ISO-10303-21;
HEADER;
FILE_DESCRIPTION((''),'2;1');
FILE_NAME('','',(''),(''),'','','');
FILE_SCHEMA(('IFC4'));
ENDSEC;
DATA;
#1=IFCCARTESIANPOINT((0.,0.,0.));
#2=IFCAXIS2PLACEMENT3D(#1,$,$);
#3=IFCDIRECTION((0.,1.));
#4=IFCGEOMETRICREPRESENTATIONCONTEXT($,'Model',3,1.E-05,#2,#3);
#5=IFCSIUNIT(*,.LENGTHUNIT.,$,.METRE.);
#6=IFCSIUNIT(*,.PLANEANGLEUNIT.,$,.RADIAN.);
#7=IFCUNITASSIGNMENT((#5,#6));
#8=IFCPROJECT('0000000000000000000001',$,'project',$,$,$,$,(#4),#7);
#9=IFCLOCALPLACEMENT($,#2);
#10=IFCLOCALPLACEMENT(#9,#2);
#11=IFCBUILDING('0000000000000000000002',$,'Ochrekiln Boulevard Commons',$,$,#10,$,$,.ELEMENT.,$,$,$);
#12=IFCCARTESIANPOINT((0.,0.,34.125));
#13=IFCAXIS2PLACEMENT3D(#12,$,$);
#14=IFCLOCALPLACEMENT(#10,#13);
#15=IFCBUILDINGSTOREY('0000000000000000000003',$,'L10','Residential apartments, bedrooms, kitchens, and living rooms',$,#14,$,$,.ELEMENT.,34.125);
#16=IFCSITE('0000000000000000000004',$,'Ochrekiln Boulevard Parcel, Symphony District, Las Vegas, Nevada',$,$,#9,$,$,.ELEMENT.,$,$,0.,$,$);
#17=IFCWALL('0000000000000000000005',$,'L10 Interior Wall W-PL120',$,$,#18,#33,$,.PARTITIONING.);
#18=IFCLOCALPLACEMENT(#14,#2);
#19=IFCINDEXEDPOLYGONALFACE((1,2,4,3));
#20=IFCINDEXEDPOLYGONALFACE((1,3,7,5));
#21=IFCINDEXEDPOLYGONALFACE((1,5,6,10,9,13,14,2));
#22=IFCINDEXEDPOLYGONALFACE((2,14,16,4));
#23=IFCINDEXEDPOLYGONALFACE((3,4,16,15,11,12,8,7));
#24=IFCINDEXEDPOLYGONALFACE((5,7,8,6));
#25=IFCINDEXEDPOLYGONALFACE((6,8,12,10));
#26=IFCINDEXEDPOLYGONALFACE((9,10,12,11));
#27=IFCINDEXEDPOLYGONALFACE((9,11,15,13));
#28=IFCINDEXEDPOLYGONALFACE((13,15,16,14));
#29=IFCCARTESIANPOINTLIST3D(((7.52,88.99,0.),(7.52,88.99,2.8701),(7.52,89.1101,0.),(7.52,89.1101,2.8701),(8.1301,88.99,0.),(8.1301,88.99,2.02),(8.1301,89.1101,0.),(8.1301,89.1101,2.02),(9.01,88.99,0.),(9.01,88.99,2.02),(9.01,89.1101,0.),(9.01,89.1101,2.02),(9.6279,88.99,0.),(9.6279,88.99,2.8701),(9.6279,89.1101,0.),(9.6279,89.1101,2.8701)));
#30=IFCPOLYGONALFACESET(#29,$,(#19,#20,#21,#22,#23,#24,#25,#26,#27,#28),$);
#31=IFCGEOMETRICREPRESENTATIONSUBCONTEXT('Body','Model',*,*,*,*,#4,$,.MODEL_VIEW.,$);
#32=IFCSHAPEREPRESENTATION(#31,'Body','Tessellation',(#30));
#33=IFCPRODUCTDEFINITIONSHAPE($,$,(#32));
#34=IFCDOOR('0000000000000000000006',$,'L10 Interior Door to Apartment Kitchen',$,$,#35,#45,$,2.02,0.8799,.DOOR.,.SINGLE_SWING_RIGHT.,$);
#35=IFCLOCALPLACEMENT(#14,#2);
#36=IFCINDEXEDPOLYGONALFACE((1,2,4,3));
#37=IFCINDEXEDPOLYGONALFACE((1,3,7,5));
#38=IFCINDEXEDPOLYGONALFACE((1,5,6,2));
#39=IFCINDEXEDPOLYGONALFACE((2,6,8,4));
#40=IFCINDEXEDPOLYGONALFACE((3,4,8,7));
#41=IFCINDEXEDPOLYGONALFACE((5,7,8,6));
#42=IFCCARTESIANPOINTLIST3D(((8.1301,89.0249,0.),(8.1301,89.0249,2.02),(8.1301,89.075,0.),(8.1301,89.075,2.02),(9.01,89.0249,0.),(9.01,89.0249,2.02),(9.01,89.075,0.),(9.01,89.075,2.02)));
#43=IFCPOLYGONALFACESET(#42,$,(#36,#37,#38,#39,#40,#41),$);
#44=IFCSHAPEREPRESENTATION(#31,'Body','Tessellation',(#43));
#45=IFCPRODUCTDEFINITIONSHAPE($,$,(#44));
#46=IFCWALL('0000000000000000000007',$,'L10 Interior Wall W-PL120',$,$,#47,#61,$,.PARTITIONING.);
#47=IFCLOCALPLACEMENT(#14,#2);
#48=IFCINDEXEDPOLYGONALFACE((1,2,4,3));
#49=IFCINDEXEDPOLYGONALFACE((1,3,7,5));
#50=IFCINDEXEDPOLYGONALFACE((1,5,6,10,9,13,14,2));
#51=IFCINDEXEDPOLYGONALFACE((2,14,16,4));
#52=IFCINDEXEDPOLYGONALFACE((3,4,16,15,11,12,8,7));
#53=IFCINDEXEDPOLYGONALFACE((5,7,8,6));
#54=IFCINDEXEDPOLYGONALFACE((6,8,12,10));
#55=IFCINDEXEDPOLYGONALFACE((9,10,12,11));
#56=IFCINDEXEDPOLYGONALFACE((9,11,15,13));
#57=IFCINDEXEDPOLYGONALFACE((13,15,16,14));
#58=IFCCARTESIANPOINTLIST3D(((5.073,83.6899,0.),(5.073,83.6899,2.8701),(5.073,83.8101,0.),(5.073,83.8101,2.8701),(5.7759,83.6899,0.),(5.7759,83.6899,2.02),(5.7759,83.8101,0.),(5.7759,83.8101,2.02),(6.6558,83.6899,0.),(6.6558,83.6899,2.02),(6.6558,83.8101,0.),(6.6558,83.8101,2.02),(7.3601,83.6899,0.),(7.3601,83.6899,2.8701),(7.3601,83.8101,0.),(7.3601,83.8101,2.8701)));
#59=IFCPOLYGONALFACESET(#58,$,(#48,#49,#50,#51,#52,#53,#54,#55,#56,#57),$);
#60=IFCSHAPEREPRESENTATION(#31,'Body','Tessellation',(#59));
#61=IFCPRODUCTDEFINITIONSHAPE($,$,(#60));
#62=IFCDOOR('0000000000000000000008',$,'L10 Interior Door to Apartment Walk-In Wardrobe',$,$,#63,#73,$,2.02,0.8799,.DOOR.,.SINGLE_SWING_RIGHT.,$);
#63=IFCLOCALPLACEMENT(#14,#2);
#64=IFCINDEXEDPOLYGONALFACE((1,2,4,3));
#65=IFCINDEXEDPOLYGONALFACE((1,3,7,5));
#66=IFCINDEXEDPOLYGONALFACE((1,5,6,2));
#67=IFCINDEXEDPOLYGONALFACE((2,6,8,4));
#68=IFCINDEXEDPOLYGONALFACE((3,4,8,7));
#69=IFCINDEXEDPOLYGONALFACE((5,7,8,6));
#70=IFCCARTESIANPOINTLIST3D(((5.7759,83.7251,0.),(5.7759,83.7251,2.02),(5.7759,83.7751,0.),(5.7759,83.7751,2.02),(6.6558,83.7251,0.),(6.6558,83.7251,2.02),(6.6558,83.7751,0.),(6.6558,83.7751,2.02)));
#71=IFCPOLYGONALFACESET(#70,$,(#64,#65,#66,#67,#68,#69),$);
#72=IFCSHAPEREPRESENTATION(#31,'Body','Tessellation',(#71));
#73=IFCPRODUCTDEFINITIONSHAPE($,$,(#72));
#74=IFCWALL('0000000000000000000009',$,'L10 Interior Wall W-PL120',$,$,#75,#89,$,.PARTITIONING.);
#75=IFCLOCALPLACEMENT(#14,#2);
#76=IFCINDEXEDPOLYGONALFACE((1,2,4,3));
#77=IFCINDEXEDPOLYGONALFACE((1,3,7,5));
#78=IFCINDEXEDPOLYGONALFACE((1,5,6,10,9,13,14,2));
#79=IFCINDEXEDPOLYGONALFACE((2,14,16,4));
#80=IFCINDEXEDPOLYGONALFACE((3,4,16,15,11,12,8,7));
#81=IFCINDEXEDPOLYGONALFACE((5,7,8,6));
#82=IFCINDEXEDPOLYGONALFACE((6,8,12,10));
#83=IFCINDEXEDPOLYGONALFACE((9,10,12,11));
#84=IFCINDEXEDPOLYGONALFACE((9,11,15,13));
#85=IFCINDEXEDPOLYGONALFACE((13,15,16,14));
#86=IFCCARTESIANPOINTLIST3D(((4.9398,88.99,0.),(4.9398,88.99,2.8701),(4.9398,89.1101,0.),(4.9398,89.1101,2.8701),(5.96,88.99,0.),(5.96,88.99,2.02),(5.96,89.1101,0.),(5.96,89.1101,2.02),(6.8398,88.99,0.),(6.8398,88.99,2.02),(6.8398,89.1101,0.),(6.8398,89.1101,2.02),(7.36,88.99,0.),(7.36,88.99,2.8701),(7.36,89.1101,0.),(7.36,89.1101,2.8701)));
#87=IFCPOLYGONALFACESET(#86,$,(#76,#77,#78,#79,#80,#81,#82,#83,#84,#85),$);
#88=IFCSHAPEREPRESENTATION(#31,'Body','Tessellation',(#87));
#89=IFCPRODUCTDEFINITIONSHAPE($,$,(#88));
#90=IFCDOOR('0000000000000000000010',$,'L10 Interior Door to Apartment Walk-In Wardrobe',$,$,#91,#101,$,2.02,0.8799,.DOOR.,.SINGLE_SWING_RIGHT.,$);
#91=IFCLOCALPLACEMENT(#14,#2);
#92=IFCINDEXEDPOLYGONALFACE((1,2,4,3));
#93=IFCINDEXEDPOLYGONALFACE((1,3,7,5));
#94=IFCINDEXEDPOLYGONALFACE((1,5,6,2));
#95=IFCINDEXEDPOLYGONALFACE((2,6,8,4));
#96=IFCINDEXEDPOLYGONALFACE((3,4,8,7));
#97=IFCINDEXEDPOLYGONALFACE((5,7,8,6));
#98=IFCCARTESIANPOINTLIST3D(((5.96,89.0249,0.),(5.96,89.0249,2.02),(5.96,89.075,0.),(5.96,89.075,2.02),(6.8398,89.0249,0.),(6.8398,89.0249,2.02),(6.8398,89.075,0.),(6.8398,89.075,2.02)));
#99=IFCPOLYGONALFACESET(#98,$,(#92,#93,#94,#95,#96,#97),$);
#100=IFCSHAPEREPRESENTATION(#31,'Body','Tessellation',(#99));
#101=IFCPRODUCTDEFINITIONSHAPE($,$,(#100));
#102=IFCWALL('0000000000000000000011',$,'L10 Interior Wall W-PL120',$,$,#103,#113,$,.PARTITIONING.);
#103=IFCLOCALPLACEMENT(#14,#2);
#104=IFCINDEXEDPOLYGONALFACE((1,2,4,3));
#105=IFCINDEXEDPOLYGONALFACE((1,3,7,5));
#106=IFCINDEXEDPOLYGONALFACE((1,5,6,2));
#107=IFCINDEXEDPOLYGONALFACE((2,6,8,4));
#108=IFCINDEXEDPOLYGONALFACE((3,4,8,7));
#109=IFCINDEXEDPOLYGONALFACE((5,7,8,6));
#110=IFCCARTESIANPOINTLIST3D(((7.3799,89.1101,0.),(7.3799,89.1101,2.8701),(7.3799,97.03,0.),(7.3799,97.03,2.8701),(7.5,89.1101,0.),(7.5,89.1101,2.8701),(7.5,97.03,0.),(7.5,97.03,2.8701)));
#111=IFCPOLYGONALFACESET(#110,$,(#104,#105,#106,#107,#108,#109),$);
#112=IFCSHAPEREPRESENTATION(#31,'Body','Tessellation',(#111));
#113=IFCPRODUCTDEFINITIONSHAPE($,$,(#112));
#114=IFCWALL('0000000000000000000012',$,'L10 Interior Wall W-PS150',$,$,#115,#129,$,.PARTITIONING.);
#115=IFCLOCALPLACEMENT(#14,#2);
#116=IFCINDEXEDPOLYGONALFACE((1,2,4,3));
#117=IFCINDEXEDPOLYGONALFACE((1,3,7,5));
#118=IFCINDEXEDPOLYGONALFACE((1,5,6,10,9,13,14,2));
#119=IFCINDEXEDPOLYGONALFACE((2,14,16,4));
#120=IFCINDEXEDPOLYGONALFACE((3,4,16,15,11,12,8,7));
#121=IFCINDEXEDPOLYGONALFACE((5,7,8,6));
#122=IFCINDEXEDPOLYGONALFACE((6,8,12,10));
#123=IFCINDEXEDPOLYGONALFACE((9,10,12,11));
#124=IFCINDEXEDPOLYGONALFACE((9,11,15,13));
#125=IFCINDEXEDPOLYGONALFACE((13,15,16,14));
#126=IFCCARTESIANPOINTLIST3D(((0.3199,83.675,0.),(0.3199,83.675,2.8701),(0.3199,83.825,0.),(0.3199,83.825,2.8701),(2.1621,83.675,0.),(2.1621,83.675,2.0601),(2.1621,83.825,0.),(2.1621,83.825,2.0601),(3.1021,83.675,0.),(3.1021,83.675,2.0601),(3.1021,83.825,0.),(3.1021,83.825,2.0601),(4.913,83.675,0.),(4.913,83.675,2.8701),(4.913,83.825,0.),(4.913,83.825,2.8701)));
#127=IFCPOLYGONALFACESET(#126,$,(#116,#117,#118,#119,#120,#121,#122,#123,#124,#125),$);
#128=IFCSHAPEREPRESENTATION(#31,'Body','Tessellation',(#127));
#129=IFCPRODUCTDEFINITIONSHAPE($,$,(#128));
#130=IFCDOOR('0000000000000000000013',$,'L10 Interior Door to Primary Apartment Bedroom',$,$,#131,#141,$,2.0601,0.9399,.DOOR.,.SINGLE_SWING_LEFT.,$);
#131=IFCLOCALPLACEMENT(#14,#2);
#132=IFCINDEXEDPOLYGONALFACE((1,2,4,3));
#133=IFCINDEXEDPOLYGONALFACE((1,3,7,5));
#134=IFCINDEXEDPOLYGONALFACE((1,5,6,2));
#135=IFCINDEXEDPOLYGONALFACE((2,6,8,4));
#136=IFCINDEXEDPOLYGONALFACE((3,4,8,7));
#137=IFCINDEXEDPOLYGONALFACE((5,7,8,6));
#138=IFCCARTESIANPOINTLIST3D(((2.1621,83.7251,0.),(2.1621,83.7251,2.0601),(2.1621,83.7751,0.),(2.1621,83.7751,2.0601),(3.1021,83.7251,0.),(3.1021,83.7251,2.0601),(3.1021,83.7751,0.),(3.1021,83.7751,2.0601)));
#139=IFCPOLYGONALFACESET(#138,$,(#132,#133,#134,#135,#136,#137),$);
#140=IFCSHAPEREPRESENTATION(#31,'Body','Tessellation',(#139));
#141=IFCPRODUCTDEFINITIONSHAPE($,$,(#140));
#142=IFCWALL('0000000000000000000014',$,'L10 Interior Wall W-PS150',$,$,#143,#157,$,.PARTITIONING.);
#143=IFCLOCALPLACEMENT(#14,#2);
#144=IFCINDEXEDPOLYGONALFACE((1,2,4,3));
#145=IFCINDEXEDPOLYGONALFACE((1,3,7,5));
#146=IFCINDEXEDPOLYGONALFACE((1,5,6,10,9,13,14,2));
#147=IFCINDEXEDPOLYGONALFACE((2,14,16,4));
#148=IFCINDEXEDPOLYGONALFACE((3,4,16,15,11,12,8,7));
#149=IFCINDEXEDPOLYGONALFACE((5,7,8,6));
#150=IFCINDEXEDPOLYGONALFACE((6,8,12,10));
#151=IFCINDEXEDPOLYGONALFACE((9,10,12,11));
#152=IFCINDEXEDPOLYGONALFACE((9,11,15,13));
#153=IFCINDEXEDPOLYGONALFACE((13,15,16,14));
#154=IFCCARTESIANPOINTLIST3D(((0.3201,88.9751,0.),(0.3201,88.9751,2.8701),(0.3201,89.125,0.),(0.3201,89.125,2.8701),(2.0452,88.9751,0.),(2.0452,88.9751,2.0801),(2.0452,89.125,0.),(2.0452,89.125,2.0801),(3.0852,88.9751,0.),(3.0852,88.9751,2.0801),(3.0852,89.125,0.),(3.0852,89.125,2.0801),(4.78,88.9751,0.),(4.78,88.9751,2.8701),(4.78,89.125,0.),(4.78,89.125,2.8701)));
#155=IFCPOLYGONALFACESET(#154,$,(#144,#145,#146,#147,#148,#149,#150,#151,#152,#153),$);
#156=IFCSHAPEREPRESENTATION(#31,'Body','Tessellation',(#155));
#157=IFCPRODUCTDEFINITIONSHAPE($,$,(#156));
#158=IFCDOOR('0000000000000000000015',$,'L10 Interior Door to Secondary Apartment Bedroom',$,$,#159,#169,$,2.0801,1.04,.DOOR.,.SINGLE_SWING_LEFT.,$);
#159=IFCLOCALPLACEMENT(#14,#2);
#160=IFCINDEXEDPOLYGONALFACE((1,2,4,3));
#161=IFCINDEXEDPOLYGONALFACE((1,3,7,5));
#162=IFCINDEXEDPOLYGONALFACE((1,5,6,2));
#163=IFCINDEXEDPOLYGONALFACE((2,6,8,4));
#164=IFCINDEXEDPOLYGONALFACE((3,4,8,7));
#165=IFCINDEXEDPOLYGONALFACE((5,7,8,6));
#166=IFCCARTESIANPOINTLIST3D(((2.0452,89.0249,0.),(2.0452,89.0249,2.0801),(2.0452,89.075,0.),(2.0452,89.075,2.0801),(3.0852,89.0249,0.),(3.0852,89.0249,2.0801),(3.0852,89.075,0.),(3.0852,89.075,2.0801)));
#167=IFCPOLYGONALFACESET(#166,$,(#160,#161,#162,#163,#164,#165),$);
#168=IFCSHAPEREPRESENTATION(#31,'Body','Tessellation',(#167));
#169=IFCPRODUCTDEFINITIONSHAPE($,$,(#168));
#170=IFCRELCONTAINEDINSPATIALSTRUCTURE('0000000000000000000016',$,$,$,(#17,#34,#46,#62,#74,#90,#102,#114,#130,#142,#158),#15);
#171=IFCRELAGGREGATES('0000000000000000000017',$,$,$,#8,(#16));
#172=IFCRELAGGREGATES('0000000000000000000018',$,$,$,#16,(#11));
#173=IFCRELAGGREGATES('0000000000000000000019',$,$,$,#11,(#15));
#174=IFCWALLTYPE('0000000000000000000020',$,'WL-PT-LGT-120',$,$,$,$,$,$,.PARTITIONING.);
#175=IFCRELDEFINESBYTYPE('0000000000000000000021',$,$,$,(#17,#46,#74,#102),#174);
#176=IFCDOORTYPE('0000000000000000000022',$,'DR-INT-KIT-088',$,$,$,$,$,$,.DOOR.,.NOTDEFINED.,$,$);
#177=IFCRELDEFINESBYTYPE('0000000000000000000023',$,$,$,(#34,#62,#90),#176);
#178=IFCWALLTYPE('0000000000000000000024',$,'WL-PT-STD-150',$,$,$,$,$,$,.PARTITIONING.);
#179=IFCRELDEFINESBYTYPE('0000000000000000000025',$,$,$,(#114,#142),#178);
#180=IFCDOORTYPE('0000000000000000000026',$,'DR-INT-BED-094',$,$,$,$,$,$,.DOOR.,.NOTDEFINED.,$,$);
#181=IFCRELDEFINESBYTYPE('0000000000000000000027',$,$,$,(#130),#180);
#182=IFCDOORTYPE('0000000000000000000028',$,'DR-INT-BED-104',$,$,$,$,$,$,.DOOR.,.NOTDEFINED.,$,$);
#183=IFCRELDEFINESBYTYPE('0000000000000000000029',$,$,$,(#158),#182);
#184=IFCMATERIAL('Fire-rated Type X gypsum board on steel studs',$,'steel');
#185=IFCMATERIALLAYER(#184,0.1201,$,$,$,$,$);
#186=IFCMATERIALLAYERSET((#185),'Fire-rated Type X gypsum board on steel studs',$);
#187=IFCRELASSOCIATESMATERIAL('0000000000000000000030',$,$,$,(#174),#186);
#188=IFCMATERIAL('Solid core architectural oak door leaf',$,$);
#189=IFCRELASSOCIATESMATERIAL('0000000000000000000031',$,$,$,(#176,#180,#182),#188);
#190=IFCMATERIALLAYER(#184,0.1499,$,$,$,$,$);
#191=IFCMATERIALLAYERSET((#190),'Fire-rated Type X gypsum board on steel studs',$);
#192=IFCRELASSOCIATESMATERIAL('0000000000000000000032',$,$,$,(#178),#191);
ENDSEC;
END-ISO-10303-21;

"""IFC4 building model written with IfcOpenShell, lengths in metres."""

from ifc_helpers import new_model, si_unit, direction, frame, frame_2d, origin, place, context, subcontext, project, spatial, rectangle, extrude, material, layer, layer_set, type_object, element, fill, save


model = new_model("IFC4")

# Units and contexts
model_context = context("Model", 3, precision=1e-05, world=origin(), true_north=direction((0.0, 1.0)))
body_context = subcontext(model_context, "Body", "Model", "MODEL_VIEW")
ifc_project = project(units=[si_unit("LENGTHUNIT", "METRE"), si_unit("PLANEANGLEUNIT", "RADIAN")], contexts=[model_context])

# Site, building, storey
site_placement = place(None, origin())
site = spatial("IfcSite", under=ifc_project, at=site_placement, Name="Ochrekiln Boulevard Parcel, Symphony District, Las Vegas, Nevada", CompositionType="ELEMENT", RefElevation=0.0)
building_placement = place(site_placement, origin())
building = spatial("IfcBuilding", under=site, at=building_placement, Name="Ochrekiln Boulevard Commons", CompositionType="ELEMENT")
storey_placement = place(building_placement, frame((0.0, 0.0, 34.125)))
storey = spatial("IfcBuildingStorey", under=building, at=storey_placement, Name="L10", Description="Residential apartments, bedrooms, kitchens, and living rooms", CompositionType="ELEMENT", Elevation=34.125)

# Shared definitions
ifc_material_1 = material(Name="Solid core architectural oak door leaf")
ifc_material_2 = material(Name="Fire-rated Type X gypsum board on steel studs", Category="steel")

# Walls, openings, doors
ifc_layer_1 = layer(ifc_material_2, 0.1201)
ifc_layer_set_1 = layer_set([ifc_layer_1], Name="Fire-rated Type X gypsum board on steel studs")
wall_type_1 = type_object("IfcWallType", Name="WL-PT-LGT-120", PredefinedType="PARTITIONING", material=ifc_layer_set_1)
wall_1_placement = place(storey_placement, frame((7.52, 89.05, 0.0), z_axis=(0.0, 0.0, 1.0), x_axis=(1.0, 0.0, 0.0)))
wall_1 = element("IfcWall", 1, at=wall_1_placement, inside=storey, type_object=wall_type_1, Name="L10 Interior Wall W-PL120", PredefinedType="PARTITIONING", context=body_context, shape_type="SweptSolid", body=[
    extrude(rectangle(XDim=2.1079, YDim=0.1201, at=frame_2d((1.054, 0.0))), origin(), (0.0, 0.0, 1.0), 2.8701),
])
opening_1_placement = place(wall_1_placement, frame((0.6101, 0.0, 0.0)))
opening_1 = element("IfcOpeningElement", 2, at=opening_1_placement, cuts=wall_1, PredefinedType="OPENING", context=body_context, shape_type="SweptSolid", body=[
    extrude(rectangle(XDim=0.8799, YDim=2.02, at=frame_2d((0.4399, 1.01))), frame((0.0, 0.0701, 0.0), z_axis=(0.0, -1.0, 0.0), x_axis=(1.0, 0.0, 0.0)), (0.0, 0.0, 1.0), 0.1401),
])
door_type_1 = type_object("IfcDoorType", Name="DR-INT-KIT-088", OperationType="NOTDEFINED", PredefinedType="DOOR", material=ifc_material_1)
door_1_placement = place(opening_1_placement, origin())
door_1 = element("IfcDoor", 3, at=door_1_placement, inside=storey, type_object=door_type_1, Name="L10 Interior Door to Apartment Kitchen", OperationType="SINGLE_SWING_RIGHT", OverallHeight=2.02, OverallWidth=0.8799, PredefinedType="DOOR", context=body_context, shape_type="SweptSolid", body=[
    extrude(rectangle(XDim=0.8799, YDim=2.02, at=frame_2d((0.4399, 1.01))), frame((0.0, 0.0249, 0.0), z_axis=(0.0, -1.0, 0.0), x_axis=(1.0, 0.0, 0.0)), (0.0, 0.0, 1.0), 0.05),
])
fill(opening_1, door_1)
wall_2_placement = place(storey_placement, frame((5.073, 83.75, 0.0), z_axis=(0.0, 0.0, 1.0), x_axis=(1.0, 0.0, 0.0)))
wall_2 = element("IfcWall", 4, at=wall_2_placement, inside=storey, type_object=wall_type_1, Name="L10 Interior Wall W-PL120", PredefinedType="PARTITIONING", context=body_context, shape_type="SweptSolid", body=[
    extrude(rectangle(XDim=2.2871, YDim=0.1201, at=frame_2d((1.1436, 0.0))), origin(), (0.0, 0.0, 1.0), 2.8701),
])
opening_2_placement = place(wall_2_placement, frame((0.7029, 0.0, 0.0)))
opening_2 = element("IfcOpeningElement", 5, at=opening_2_placement, cuts=wall_2, PredefinedType="OPENING", context=body_context, shape_type="SweptSolid", body=[
    extrude(rectangle(XDim=0.8799, YDim=2.02, at=frame_2d((0.4399, 1.01))), frame((0.0, 0.0701, 0.0), z_axis=(0.0, -1.0, 0.0), x_axis=(1.0, 0.0, 0.0)), (0.0, 0.0, 1.0), 0.1401),
])
door_2_placement = place(opening_2_placement, frame((0.8799, 0.0, 0.0), z_axis=(0.0, 0.0, 1.0), x_axis=(-1.0, 0.0, 0.0)))
door_2 = element("IfcDoor", 6, at=door_2_placement, inside=storey, type_object=door_type_1, Name="L10 Interior Door to Apartment Walk-In Wardrobe", OperationType="SINGLE_SWING_RIGHT", OverallHeight=2.02, OverallWidth=0.8799, PredefinedType="DOOR", context=body_context, shape_type="SweptSolid", body=[
    extrude(rectangle(XDim=0.8799, YDim=2.02, at=frame_2d((0.4399, 1.01))), frame((0.0, 0.0249, 0.0), z_axis=(0.0, -1.0, 0.0), x_axis=(1.0, 0.0, 0.0)), (0.0, 0.0, 1.0), 0.05),
])
fill(opening_2, door_2)
wall_3_placement = place(storey_placement, frame((4.9399, 89.05, 0.0), z_axis=(0.0, 0.0, 1.0), x_axis=(1.0, 0.0, 0.0)))
wall_3 = element("IfcWall", 7, at=wall_3_placement, inside=storey, type_object=wall_type_1, Name="L10 Interior Wall W-PL120", PredefinedType="PARTITIONING", context=body_context, shape_type="SweptSolid", body=[
    extrude(rectangle(XDim=2.4202, YDim=0.1201, at=frame_2d((1.21, 0.0))), origin(), (0.0, 0.0, 1.0), 2.8701),
])
opening_3_placement = place(wall_3_placement, frame((1.02, 0.0, 0.0)))
opening_3 = element("IfcOpeningElement", 8, at=opening_3_placement, cuts=wall_3, PredefinedType="OPENING", context=body_context, shape_type="SweptSolid", body=[
    extrude(rectangle(XDim=0.8799, YDim=2.02, at=frame_2d((0.4399, 1.01))), frame((0.0, 0.0701, 0.0), z_axis=(0.0, -1.0, 0.0), x_axis=(1.0, 0.0, 0.0)), (0.0, 0.0, 1.0), 0.1401),
])
door_3_placement = place(opening_3_placement, origin())
door_3 = element("IfcDoor", 9, at=door_3_placement, inside=storey, type_object=door_type_1, Name="L10 Interior Door to Apartment Walk-In Wardrobe", OperationType="SINGLE_SWING_RIGHT", OverallHeight=2.02, OverallWidth=0.8799, PredefinedType="DOOR", context=body_context, shape_type="SweptSolid", body=[
    extrude(rectangle(XDim=0.8799, YDim=2.02, at=frame_2d((0.4399, 1.01))), frame((0.0, 0.0249, 0.0), z_axis=(0.0, -1.0, 0.0), x_axis=(1.0, 0.0, 0.0)), (0.0, 0.0, 1.0), 0.05),
])
fill(opening_3, door_3)

# Wall
wall_4_placement = place(storey_placement, frame((7.4399, 89.1101, 0.0), z_axis=(0.0, 0.0, 1.0), x_axis=(0.0, 1.0, 0.0)))
element("IfcWall", 10, at=wall_4_placement, inside=storey, type_object=wall_type_1, Name="L10 Interior Wall W-PL120", PredefinedType="PARTITIONING", context=body_context, shape_type="SweptSolid", body=[
    extrude(rectangle(XDim=7.9199, YDim=0.1201, at=frame_2d((3.96, 0.0))), origin(), (0.0, 0.0, 1.0), 2.8701),
])

# Walls, openings, doors
ifc_layer_2 = layer(ifc_material_2, 0.1499)
ifc_layer_set_2 = layer_set([ifc_layer_2], Name="Fire-rated Type X gypsum board on steel studs")
wall_type_2 = type_object("IfcWallType", Name="WL-PT-STD-150", PredefinedType="PARTITIONING", material=ifc_layer_set_2)
wall_5_placement = place(storey_placement, frame((0.3201, 83.75, 0.0), z_axis=(0.0, 0.0, 1.0), x_axis=(1.0, 0.0, 0.0)))
wall_5 = element("IfcWall", 11, at=wall_5_placement, inside=storey, type_object=wall_type_2, Name="L10 Interior Wall W-PS150", PredefinedType="PARTITIONING", context=body_context, shape_type="SweptSolid", body=[
    extrude(rectangle(XDim=4.593, YDim=0.1499, at=frame_2d((2.2964, 0.0))), origin(), (0.0, 0.0, 1.0), 2.8701),
])
opening_4_placement = place(wall_5_placement, frame((1.842, 0.0, 0.0)))
opening_4 = element("IfcOpeningElement", 12, at=opening_4_placement, cuts=wall_5, PredefinedType="OPENING", context=body_context, shape_type="SweptSolid", body=[
    extrude(rectangle(XDim=0.9399, YDim=2.0601, at=frame_2d((0.47, 1.03))), frame((0.0, 0.085, 0.0), z_axis=(0.0, -1.0, 0.0), x_axis=(1.0, 0.0, 0.0)), (0.0, 0.0, 1.0), 0.1699),
])
door_type_2 = type_object("IfcDoorType", Name="DR-INT-BED-094", OperationType="NOTDEFINED", PredefinedType="DOOR", material=ifc_material_1)
door_4_placement = place(opening_4_placement, frame((0.9399, 0.0, 0.0), z_axis=(0.0, 0.0, 1.0), x_axis=(-1.0, 0.0, 0.0)))
door_4 = element("IfcDoor", 13, at=door_4_placement, inside=storey, type_object=door_type_2, Name="L10 Interior Door to Primary Apartment Bedroom", OperationType="SINGLE_SWING_LEFT", OverallHeight=2.0601, OverallWidth=0.9399, PredefinedType="DOOR", context=body_context, shape_type="SweptSolid", body=[
    extrude(rectangle(XDim=0.9399, YDim=2.0601, at=frame_2d((0.47, 1.03))), frame((0.0, 0.0249, 0.0), z_axis=(0.0, -1.0, 0.0), x_axis=(1.0, 0.0, 0.0)), (0.0, 0.0, 1.0), 0.05),
])
fill(opening_4, door_4)
wall_6_placement = place(storey_placement, frame((0.3201, 89.05, 0.0), z_axis=(0.0, 0.0, 1.0), x_axis=(1.0, 0.0, 0.0)))
wall_6 = element("IfcWall", 14, at=wall_6_placement, inside=storey, type_object=wall_type_2, Name="L10 Interior Wall W-PS150", PredefinedType="PARTITIONING", context=body_context, shape_type="SweptSolid", body=[
    extrude(rectangle(XDim=4.46, YDim=0.1499, at=frame_2d((2.23, 0.0))), origin(), (0.0, 0.0, 1.0), 2.8701),
])
opening_5_placement = place(wall_6_placement, frame((1.7251, 0.0, 0.0)))
opening_5 = element("IfcOpeningElement", 15, at=opening_5_placement, cuts=wall_6, PredefinedType="OPENING", context=body_context, shape_type="SweptSolid", body=[
    extrude(rectangle(XDim=1.04, YDim=2.0801, at=frame_2d((0.52, 1.04))), frame((0.0, 0.085, 0.0), z_axis=(0.0, -1.0, 0.0), x_axis=(1.0, 0.0, 0.0)), (0.0, 0.0, 1.0), 0.1699),
])
door_type_3 = type_object("IfcDoorType", Name="DR-INT-BED-104", OperationType="NOTDEFINED", PredefinedType="DOOR", material=ifc_material_1)
door_5_placement = place(opening_5_placement, origin())
door_5 = element("IfcDoor", 16, at=door_5_placement, inside=storey, type_object=door_type_3, Name="L10 Interior Door to Secondary Apartment Bedroom", OperationType="SINGLE_SWING_LEFT", OverallHeight=2.0801, OverallWidth=1.04, PredefinedType="DOOR", context=body_context, shape_type="SweptSolid", body=[
    extrude(rectangle(XDim=1.04, YDim=2.0801, at=frame_2d((0.52, 1.04))), frame((0.0, 0.0249, 0.0), z_axis=(0.0, -1.0, 0.0), x_axis=(1.0, 0.0, 0.0)), (0.0, 0.0, 1.0), 0.05),
])
fill(opening_5, door_5)

save(model, "model.ifc")
